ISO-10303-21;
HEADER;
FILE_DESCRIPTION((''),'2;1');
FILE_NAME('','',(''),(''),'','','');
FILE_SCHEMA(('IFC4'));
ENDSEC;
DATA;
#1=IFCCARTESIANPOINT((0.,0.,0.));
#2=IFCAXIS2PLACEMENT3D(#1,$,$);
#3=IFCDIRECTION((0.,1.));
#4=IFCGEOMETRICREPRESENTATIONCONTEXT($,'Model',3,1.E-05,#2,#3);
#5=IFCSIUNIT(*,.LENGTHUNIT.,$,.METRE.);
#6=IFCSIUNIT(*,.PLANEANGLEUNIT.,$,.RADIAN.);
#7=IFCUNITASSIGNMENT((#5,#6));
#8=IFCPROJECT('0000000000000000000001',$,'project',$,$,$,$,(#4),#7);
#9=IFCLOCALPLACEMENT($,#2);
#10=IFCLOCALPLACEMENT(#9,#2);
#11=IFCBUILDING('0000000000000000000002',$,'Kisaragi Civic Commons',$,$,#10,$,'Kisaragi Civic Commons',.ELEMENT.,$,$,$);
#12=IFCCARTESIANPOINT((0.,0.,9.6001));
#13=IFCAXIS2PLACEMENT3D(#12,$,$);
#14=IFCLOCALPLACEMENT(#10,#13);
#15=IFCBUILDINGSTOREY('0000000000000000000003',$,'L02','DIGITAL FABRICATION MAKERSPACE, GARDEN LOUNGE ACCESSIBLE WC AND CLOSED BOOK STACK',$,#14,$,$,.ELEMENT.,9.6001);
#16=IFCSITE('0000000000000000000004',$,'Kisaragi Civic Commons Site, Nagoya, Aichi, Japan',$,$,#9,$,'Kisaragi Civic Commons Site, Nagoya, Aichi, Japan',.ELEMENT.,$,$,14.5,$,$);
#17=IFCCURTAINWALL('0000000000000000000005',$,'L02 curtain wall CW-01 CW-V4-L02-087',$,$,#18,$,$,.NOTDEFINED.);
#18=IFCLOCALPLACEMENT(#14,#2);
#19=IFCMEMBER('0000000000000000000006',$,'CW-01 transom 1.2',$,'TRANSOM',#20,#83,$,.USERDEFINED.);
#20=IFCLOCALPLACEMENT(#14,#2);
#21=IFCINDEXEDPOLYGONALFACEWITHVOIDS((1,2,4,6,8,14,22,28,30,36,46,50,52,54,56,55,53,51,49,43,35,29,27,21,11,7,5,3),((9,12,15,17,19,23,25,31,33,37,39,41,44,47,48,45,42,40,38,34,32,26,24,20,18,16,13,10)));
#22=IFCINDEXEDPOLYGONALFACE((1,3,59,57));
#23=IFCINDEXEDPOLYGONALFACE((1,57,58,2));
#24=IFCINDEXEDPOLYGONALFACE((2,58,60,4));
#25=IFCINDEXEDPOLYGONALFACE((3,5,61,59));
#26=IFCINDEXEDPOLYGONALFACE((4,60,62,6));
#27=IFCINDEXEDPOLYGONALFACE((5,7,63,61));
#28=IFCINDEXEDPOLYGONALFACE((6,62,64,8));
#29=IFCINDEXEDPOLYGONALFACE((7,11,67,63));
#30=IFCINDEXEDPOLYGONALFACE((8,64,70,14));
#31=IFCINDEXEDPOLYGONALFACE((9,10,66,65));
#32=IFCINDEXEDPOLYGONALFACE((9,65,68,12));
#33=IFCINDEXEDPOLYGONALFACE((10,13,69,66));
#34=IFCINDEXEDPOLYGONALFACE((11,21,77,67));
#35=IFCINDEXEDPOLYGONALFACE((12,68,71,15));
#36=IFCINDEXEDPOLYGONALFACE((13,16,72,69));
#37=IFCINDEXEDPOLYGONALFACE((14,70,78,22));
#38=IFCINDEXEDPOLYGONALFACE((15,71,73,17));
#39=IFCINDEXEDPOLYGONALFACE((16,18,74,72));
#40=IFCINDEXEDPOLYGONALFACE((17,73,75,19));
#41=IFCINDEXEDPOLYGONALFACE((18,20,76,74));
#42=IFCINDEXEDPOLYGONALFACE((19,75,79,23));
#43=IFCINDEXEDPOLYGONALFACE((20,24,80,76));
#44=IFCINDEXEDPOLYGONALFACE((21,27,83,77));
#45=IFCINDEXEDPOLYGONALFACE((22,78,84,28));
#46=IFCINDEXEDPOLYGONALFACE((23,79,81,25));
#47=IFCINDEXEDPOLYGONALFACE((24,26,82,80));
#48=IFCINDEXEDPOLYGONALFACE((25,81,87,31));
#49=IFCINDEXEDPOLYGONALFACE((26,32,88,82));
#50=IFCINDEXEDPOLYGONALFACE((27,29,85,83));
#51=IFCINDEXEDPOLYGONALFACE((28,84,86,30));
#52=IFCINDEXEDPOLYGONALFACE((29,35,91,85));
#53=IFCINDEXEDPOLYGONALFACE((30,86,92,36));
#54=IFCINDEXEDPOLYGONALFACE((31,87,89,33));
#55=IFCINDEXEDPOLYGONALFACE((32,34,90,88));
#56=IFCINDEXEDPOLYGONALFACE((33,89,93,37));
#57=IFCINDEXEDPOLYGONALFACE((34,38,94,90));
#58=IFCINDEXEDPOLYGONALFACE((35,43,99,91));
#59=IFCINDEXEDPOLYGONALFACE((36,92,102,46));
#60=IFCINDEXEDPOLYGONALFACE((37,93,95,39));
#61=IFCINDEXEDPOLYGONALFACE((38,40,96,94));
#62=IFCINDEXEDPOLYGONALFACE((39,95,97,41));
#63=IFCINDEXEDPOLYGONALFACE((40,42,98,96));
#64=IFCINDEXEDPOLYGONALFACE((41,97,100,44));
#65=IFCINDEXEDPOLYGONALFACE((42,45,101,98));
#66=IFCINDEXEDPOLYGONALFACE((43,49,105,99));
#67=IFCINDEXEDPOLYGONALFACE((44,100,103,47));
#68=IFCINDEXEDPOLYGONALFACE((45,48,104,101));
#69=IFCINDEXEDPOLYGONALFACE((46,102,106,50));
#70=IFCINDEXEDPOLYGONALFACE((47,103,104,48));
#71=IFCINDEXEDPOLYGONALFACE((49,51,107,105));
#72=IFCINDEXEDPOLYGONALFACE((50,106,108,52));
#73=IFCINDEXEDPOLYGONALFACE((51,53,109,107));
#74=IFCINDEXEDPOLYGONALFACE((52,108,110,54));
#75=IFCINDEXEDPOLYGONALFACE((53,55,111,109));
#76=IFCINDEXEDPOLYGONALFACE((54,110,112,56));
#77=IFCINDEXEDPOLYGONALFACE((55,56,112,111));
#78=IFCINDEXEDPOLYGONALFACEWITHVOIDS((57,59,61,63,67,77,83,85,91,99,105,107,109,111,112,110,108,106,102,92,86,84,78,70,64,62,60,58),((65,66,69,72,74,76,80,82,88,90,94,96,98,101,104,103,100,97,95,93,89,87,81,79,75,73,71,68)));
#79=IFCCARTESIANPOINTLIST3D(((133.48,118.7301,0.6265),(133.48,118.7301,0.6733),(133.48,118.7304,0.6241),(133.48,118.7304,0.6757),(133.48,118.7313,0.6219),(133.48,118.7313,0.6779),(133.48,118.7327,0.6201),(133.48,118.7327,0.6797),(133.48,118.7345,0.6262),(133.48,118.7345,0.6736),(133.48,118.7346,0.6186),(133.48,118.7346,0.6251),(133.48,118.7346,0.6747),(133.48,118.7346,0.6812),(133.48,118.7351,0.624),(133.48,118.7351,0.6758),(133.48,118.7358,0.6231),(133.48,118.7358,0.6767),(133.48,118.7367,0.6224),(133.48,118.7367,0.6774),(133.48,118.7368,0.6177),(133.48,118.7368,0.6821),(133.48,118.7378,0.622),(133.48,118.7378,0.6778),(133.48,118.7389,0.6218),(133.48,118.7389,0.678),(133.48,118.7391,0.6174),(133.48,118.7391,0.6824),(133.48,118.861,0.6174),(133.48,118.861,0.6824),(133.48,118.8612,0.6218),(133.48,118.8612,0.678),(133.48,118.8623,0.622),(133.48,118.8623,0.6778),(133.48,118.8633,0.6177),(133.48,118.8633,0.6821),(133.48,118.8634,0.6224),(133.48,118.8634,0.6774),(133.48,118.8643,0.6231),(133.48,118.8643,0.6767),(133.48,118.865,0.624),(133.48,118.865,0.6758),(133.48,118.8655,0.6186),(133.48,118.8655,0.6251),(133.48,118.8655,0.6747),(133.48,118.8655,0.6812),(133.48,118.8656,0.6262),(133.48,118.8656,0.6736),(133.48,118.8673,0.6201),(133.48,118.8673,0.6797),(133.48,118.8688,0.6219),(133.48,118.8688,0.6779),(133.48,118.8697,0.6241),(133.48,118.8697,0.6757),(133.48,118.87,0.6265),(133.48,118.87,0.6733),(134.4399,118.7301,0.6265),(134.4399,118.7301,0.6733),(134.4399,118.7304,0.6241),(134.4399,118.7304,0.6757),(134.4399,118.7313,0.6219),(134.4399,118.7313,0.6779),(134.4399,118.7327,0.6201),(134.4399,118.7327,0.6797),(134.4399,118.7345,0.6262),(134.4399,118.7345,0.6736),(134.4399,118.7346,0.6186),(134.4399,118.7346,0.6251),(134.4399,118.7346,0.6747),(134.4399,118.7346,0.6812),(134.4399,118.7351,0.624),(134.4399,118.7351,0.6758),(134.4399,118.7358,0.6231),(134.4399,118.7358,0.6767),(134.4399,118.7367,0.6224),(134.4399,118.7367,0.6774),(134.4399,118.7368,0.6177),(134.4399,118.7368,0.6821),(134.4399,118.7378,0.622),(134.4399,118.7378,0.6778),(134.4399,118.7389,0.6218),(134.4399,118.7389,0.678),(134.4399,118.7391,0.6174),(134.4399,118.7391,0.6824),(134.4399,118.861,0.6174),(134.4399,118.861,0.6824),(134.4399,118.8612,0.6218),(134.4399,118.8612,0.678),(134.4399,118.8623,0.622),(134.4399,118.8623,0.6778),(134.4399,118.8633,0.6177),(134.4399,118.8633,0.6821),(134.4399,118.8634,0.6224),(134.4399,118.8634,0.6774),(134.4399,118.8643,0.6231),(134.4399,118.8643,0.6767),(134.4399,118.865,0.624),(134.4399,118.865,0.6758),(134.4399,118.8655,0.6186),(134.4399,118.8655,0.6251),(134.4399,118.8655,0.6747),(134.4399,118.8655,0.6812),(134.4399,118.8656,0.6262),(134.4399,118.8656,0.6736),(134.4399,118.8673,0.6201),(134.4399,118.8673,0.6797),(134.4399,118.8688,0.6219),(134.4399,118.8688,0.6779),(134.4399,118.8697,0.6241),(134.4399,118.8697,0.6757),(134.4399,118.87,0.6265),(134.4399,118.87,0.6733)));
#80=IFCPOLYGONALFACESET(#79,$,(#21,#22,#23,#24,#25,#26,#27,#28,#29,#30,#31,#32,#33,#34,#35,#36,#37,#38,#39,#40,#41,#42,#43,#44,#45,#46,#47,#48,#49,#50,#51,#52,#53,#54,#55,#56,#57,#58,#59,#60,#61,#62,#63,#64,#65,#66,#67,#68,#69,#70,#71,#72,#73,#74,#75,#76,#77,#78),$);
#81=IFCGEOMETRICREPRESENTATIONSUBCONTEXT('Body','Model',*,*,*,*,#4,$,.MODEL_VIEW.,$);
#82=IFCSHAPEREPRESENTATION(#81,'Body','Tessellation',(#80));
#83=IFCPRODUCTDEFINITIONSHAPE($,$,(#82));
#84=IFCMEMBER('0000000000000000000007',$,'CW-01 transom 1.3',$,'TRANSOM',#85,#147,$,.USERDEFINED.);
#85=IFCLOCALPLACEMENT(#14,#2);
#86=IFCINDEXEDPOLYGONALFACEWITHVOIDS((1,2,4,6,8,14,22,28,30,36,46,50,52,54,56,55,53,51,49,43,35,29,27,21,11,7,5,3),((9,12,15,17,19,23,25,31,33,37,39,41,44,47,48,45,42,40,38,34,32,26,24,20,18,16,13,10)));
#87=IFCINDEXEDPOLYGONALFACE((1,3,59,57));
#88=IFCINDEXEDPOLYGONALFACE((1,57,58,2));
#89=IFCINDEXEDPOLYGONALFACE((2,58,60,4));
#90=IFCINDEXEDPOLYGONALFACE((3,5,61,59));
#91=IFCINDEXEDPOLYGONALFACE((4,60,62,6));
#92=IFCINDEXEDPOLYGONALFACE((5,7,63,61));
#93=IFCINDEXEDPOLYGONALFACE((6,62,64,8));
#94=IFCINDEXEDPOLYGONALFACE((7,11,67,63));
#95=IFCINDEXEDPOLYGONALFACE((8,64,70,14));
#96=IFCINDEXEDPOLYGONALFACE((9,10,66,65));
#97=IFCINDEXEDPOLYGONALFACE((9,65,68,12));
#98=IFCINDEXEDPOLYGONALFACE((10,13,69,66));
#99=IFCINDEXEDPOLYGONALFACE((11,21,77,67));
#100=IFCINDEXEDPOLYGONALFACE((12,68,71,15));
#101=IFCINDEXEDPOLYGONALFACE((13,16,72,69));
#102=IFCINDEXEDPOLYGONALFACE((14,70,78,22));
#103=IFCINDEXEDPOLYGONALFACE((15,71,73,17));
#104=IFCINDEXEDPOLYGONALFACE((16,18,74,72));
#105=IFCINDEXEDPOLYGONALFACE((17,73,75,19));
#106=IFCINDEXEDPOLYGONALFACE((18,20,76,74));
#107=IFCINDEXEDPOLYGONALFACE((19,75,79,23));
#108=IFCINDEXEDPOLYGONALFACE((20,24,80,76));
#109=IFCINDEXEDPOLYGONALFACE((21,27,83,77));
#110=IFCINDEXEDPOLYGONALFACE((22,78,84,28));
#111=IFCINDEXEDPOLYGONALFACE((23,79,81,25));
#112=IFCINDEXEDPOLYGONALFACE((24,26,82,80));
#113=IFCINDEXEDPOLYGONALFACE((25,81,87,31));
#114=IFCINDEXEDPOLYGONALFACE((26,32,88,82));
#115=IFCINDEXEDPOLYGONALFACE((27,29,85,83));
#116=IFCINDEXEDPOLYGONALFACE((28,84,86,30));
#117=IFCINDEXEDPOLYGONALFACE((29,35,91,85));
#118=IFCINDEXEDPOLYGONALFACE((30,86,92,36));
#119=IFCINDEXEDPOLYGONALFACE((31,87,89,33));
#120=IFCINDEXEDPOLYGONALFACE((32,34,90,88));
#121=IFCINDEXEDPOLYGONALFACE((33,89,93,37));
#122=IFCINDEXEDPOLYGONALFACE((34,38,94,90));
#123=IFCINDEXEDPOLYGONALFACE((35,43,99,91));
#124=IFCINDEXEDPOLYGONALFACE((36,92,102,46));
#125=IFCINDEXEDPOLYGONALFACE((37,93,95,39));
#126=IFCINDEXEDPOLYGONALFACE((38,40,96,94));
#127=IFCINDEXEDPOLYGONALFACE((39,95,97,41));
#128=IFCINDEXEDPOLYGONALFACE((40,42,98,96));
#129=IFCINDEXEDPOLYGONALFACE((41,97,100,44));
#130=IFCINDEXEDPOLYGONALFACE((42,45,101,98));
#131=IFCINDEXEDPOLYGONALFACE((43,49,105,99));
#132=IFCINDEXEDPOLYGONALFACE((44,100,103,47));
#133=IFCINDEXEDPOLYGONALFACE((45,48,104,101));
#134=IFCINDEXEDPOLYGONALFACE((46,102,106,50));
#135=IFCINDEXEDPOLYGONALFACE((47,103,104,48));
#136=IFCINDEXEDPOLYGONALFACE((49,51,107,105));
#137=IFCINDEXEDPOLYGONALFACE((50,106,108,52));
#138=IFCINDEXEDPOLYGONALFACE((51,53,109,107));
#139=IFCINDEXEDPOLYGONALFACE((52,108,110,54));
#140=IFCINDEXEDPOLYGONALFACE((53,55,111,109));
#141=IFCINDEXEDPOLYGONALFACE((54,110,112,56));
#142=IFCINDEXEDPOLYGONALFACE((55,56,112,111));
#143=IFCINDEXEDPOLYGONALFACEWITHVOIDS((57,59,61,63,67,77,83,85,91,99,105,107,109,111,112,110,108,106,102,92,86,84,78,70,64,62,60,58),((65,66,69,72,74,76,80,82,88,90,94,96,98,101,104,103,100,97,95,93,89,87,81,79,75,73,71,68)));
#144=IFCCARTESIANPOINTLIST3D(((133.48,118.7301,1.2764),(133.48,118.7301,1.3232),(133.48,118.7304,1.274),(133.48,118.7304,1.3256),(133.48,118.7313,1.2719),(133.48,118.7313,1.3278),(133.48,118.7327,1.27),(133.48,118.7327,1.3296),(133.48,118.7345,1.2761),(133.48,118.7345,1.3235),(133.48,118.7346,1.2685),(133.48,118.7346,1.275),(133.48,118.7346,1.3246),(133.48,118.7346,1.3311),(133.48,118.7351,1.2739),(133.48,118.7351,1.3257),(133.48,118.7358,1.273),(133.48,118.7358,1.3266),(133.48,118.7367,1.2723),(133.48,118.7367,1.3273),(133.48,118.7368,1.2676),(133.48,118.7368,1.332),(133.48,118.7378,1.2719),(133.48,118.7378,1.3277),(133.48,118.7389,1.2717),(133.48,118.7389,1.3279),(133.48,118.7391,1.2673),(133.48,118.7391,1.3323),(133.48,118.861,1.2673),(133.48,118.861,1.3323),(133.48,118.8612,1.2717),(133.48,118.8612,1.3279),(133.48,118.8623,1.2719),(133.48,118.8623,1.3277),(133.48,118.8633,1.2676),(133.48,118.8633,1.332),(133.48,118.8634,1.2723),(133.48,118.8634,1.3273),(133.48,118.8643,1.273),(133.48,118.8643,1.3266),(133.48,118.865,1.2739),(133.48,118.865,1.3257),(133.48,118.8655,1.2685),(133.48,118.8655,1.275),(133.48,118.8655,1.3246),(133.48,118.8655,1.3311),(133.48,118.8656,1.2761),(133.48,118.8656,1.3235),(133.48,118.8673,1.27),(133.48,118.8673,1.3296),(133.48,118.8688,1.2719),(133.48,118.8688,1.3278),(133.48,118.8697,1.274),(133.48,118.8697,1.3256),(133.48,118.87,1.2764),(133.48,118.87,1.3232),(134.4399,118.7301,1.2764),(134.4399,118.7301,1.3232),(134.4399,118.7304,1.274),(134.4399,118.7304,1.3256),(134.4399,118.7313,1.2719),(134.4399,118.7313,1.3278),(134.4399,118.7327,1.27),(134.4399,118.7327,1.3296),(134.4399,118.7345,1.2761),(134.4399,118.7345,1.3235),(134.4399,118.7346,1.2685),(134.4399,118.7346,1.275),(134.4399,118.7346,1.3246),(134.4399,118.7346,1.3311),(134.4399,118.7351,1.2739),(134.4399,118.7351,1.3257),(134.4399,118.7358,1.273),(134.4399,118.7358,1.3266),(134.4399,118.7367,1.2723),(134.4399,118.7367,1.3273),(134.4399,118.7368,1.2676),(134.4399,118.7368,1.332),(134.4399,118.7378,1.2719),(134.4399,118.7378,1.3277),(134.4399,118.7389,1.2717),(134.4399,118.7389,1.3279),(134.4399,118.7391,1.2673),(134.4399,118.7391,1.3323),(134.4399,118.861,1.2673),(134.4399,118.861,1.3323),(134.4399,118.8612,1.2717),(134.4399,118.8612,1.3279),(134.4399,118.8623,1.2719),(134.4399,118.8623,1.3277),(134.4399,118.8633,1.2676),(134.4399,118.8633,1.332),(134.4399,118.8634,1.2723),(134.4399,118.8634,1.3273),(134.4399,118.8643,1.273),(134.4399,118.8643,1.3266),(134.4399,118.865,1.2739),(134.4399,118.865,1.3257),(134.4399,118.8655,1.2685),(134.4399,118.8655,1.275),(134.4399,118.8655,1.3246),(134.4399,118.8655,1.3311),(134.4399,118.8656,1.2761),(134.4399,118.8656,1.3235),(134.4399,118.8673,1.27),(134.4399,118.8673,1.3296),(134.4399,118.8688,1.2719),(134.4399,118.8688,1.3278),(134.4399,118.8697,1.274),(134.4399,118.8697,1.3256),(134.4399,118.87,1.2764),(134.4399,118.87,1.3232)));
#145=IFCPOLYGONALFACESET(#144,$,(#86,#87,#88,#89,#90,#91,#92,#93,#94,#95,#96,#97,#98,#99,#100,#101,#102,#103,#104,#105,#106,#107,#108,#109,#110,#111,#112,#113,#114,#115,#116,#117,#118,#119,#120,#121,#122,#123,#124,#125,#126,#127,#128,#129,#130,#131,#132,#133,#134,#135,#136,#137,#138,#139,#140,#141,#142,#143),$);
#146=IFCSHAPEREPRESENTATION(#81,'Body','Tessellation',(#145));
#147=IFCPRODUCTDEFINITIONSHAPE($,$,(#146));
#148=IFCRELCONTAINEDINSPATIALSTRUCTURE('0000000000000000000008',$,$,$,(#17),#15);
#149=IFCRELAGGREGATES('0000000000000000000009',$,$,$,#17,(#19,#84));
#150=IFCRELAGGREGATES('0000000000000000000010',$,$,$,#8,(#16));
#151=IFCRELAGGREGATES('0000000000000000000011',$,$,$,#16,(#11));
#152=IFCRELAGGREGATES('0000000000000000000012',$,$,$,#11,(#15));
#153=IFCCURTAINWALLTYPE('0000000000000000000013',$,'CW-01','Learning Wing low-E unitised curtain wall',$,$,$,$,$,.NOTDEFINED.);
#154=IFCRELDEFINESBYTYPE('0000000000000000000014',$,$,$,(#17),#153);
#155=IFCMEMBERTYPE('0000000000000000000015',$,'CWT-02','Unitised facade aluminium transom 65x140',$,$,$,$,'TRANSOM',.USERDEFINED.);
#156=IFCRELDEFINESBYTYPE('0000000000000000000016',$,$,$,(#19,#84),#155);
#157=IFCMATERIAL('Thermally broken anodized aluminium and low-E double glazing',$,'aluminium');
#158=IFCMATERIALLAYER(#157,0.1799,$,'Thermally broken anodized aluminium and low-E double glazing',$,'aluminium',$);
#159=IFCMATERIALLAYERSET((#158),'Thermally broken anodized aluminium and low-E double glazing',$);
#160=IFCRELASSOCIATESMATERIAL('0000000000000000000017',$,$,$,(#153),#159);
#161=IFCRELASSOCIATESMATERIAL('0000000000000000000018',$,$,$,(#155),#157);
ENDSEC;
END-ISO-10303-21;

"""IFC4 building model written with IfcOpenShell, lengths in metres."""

from ifc_helpers import new_model, si_unit, direction, frame, origin, origin_2d, place, context, subcontext, project, spatial, hollow_rectangle, extrude, material, layer, layer_set, material_profile, profile_set, type_object, element, aggregate, save


model = new_model("IFC4")

# Units and contexts
model_context = context("Model", 3, precision=1e-05, world=origin(), true_north=direction((0.0, 1.0)))
body_context = subcontext(model_context, "Body", "Model", "MODEL_VIEW")
ifc_project = project(units=[si_unit("LENGTHUNIT", "METRE"), si_unit("PLANEANGLEUNIT", "RADIAN")], contexts=[model_context])

# Site, building, storey
site_placement = place(None, origin())
site = spatial("IfcSite", under=ifc_project, at=site_placement, Name="Kisaragi Civic Commons Site, Nagoya, Aichi, Japan", LongName="Kisaragi Civic Commons Site, Nagoya, Aichi, Japan", CompositionType="ELEMENT", RefElevation=14.5)
building_placement = place(site_placement, origin())
building = spatial("IfcBuilding", under=site, at=building_placement, Name="Kisaragi Civic Commons", LongName="Kisaragi Civic Commons", CompositionType="ELEMENT")
storey_placement = place(building_placement, frame((0.0, 0.0, 9.6001)))
storey = spatial("IfcBuildingStorey", under=building, at=storey_placement, Name="L02", Description="DIGITAL FABRICATION MAKERSPACE, GARDEN LOUNGE ACCESSIBLE WC AND CLOSED BOOK STACK", CompositionType="ELEMENT", Elevation=9.6001)

# Curtain wall
ifc_material_1 = material(Name="Thermally broken anodized aluminium and low-E double glazing", Category="aluminium")
ifc_layer_1 = layer(ifc_material_1, 0.1799, Name="Thermally broken anodized aluminium and low-E double glazing", Category="aluminium")
ifc_layer_set_1 = layer_set([ifc_layer_1], Name="Thermally broken anodized aluminium and low-E double glazing")
curtain_wall_type = type_object("IfcCurtainWallType", Name="CW-01", Description="Learning Wing low-E unitised curtain wall", PredefinedType="NOTDEFINED", material=ifc_layer_set_1)
curtain_wall_1_placement = place(storey_placement, origin())
curtain_wall_1 = element("IfcCurtainWall", 1, at=curtain_wall_1_placement, inside=storey, type_object=curtain_wall_type, Name="L02 curtain wall CW-01 CW-V4-L02-087", PredefinedType="NOTDEFINED")

# Members
ifc_material_profile_1 = material_profile(ifc_material_1, hollow_rectangle(XDim=0.1399, YDim=0.0649, WallThickness=0.0044, InnerFilletRadius=0.0044, OuterFilletRadius=0.009, at=origin_2d()), Name="CWT-65x140x4.5", Category="aluminium")
ifc_profile_set_1 = profile_set([ifc_material_profile_1], Name="Thermally broken anodized aluminium and low-E double glazing")
member_type_1 = type_object("IfcMemberType", Name="CWT-02", Description="Unitised facade aluminium transom 65x140", ElementType="TRANSOM", PredefinedType="USERDEFINED", material=ifc_profile_set_1)
member_1_placement = place(storey_placement, frame((133.48, 118.8, 0.6499), z_axis=(1.0, 0.0, 0.0), x_axis=(0.0, 1.0, 0.0)))
member_1 = element("IfcMember", 2, at=member_1_placement, type_object=member_type_1, Name="CW-01 transom 1.2", ObjectType="TRANSOM", PredefinedType="USERDEFINED", context=body_context, shape_type="SweptSolid", body=[
    extrude(hollow_rectangle(XDim=0.1399, YDim=0.0649, WallThickness=0.0044, InnerFilletRadius=0.0044, OuterFilletRadius=0.009, at=origin_2d()), origin(), (0.0, 0.0, 1.0), 0.96),
])
member_2_placement = place(storey_placement, frame((133.48, 118.8, 1.2998), z_axis=(1.0, 0.0, 0.0), x_axis=(0.0, 1.0, 0.0)))
member_2 = element("IfcMember", 3, at=member_2_placement, type_object=member_type_1, Name="CW-01 transom 1.3", ObjectType="TRANSOM", PredefinedType="USERDEFINED", context=body_context, shape_type="SweptSolid", body=[
    extrude(hollow_rectangle(XDim=0.1399, YDim=0.0649, WallThickness=0.0044, InnerFilletRadius=0.0044, OuterFilletRadius=0.009, at=origin_2d()), origin(), (0.0, 0.0, 1.0), 0.96),
])

aggregate(curtain_wall_1, [member_1, member_2])

save(model, "model.ifc")
